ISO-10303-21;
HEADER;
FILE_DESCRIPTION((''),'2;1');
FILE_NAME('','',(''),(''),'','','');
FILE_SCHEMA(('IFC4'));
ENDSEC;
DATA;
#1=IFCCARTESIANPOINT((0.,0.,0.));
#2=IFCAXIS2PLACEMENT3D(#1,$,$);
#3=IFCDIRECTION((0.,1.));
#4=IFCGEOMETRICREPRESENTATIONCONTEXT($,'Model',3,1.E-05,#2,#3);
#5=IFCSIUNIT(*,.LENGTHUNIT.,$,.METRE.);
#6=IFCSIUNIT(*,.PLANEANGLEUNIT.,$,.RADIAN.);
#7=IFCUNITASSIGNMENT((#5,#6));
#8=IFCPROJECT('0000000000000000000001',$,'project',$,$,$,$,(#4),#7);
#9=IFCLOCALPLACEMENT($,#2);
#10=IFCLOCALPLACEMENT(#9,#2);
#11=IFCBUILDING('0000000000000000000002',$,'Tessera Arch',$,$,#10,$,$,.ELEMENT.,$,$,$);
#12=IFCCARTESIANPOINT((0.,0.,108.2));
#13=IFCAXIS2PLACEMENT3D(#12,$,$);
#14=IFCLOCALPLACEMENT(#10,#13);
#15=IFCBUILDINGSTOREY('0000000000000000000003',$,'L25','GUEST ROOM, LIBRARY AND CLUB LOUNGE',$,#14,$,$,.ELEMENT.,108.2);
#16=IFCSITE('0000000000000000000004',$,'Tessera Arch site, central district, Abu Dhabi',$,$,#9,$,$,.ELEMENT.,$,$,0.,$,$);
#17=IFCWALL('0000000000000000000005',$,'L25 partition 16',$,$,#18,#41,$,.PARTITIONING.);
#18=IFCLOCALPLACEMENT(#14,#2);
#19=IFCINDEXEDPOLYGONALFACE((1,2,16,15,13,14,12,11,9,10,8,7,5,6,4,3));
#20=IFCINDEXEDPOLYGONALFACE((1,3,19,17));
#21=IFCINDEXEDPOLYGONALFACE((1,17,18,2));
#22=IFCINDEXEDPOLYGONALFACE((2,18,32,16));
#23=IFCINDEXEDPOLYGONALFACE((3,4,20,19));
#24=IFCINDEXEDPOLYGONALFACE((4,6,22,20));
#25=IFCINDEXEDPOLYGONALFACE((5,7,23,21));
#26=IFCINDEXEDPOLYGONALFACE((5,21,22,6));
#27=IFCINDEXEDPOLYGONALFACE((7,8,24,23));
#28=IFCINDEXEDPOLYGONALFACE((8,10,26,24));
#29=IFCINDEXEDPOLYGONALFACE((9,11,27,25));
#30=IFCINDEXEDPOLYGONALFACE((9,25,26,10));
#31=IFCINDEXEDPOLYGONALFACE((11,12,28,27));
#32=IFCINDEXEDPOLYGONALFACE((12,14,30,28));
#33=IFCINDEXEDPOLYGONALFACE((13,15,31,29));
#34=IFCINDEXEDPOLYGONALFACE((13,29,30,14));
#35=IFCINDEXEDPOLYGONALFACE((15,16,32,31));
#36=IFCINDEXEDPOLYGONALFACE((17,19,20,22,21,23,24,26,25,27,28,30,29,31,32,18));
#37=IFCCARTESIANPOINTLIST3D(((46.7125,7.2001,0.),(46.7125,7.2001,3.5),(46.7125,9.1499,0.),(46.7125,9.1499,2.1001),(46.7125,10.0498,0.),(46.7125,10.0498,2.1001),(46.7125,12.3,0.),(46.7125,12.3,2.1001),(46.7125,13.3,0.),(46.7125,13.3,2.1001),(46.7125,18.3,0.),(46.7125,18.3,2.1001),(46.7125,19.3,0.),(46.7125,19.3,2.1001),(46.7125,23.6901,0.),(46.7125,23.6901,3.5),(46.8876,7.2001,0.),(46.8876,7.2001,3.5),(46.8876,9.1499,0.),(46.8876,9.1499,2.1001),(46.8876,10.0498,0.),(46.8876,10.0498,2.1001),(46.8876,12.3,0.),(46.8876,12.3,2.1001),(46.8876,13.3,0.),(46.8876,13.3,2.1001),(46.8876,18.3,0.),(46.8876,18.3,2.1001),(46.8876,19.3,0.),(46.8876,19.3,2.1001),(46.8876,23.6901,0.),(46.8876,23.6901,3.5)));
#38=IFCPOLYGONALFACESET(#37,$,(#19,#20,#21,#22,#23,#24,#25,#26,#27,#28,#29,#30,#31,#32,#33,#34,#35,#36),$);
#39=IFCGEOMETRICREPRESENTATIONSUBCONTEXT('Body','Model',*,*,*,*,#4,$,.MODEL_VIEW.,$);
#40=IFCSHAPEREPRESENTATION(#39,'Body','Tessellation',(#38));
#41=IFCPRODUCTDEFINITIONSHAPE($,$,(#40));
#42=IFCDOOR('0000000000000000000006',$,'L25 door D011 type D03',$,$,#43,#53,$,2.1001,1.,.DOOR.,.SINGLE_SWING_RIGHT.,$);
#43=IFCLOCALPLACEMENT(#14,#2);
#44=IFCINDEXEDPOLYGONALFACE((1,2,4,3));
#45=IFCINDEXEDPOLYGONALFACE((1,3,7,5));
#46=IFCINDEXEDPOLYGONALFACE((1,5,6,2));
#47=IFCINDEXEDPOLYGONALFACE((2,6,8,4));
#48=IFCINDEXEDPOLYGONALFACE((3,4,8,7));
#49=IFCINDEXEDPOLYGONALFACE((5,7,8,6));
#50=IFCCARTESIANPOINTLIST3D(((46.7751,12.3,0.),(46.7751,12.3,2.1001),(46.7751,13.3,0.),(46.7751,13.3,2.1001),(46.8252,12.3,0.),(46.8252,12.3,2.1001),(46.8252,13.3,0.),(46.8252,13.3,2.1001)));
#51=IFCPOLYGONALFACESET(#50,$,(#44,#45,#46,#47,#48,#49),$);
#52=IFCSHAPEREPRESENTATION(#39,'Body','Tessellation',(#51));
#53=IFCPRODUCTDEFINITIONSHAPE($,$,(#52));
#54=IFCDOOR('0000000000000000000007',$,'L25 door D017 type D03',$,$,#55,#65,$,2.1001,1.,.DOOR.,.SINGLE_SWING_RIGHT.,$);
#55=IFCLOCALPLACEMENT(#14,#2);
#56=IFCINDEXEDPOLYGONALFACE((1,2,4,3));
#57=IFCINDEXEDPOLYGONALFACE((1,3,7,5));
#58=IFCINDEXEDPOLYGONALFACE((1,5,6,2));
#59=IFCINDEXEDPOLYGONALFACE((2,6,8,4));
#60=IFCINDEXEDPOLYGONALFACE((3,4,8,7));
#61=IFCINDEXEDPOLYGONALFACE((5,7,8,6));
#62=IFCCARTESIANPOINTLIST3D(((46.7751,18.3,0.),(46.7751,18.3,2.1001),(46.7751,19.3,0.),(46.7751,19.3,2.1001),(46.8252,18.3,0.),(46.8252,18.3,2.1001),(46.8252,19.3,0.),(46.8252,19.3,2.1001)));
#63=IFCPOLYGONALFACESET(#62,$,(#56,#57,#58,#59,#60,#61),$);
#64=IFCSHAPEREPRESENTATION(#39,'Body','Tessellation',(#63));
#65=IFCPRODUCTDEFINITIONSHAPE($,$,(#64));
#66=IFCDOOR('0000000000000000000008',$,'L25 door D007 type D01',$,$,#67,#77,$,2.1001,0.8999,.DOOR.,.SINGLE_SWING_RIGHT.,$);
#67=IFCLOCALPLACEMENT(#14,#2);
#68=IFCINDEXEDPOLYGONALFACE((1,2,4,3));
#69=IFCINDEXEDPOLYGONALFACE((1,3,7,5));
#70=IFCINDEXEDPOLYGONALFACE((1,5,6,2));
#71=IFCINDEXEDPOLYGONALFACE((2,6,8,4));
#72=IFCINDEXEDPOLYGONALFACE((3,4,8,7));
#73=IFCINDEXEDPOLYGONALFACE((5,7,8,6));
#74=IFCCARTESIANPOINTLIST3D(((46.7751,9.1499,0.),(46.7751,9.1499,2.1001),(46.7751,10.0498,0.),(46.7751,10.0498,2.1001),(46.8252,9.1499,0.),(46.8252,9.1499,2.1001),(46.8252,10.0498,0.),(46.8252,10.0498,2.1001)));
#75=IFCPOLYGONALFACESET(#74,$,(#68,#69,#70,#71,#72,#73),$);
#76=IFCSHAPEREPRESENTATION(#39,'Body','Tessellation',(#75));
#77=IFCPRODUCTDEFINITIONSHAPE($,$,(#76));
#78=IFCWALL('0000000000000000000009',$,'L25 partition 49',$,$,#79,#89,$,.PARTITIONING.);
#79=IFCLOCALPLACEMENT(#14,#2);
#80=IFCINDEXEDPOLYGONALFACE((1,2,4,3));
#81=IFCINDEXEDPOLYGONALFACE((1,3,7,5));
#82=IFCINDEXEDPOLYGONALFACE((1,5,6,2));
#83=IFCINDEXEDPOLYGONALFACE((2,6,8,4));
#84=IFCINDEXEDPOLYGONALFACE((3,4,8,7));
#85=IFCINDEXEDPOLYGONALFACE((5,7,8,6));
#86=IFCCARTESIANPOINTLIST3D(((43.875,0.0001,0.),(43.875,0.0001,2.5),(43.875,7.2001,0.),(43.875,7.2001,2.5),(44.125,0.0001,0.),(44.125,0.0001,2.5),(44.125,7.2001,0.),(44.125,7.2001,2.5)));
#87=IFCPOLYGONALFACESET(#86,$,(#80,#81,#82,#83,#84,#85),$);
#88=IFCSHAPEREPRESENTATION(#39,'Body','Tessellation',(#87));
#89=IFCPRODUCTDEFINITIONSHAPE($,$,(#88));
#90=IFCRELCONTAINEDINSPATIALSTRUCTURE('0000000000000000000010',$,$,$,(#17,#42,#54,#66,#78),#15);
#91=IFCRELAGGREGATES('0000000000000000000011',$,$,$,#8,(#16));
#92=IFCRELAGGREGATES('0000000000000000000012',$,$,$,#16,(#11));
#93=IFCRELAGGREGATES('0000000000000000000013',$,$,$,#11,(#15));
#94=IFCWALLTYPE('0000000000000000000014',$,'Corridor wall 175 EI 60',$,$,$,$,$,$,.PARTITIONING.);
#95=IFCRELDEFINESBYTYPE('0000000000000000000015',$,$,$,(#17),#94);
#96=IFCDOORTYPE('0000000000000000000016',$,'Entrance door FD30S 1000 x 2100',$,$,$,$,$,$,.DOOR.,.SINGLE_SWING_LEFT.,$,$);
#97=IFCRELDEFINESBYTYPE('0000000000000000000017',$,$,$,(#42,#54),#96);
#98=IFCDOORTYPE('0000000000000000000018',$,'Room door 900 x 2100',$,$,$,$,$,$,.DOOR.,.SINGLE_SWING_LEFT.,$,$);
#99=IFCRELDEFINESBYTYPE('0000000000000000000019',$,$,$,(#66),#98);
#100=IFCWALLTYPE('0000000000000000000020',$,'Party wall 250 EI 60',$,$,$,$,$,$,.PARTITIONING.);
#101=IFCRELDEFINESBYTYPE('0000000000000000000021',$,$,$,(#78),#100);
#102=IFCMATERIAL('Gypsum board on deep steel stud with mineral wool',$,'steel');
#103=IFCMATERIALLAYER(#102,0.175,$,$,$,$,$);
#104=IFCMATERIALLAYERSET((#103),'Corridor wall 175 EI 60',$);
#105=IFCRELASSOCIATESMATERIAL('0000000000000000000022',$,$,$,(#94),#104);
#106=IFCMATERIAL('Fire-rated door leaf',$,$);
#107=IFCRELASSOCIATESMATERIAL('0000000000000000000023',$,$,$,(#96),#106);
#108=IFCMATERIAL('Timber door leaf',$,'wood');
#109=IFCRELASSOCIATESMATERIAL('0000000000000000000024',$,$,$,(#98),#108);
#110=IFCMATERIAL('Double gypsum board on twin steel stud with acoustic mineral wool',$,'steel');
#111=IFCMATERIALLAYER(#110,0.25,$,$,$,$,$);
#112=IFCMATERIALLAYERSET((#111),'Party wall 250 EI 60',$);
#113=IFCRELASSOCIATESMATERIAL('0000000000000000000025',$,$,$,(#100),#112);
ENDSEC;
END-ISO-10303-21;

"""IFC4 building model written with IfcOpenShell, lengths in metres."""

from ifc_helpers import new_model, si_unit, direction, frame, frame_2d, origin, place, context, subcontext, project, spatial, rectangle, extrude, material, layer, layer_set, type_object, element, fill, save


model = new_model("IFC4")

# Units and contexts
model_context = context("Model", 3, precision=1e-05, world=origin(), true_north=direction((0.0, 1.0)))
body_context = subcontext(model_context, "Body", "Model", "MODEL_VIEW")
ifc_project = project(units=[si_unit("LENGTHUNIT", "METRE"), si_unit("PLANEANGLEUNIT", "RADIAN")], contexts=[model_context])

# Site, building, storey
site_placement = place(None, origin())
site = spatial("IfcSite", under=ifc_project, at=site_placement, Name="Tessera Arch site, central district, Abu Dhabi", CompositionType="ELEMENT", RefElevation=0.0)
building_placement = place(site_placement, origin())
building = spatial("IfcBuilding", under=site, at=building_placement, Name="Tessera Arch", CompositionType="ELEMENT")
storey_placement = place(building_placement, frame((0.0, 0.0, 108.2)))
storey = spatial("IfcBuildingStorey", under=building, at=storey_placement, Name="L25", Description="GUEST ROOM, LIBRARY AND CLUB LOUNGE", CompositionType="ELEMENT", Elevation=108.2)

# Wall, openings, doors
ifc_material_1 = material(Name="Gypsum board on deep steel stud with mineral wool", Category="steel")
ifc_layer_1 = layer(ifc_material_1, 0.175)
ifc_layer_set_1 = layer_set([ifc_layer_1], Name="Corridor wall 175 EI 60")
wall_type_1 = type_object("IfcWallType", Name="Corridor wall 175 EI 60", PredefinedType="PARTITIONING", material=ifc_layer_set_1)
wall_1_placement = place(storey_placement, frame((46.8, 7.2, 0.0), z_axis=(0.0, 0.0, 1.0), x_axis=(0.0, 1.0, 0.0)))
wall_1 = element("IfcWall", 1, at=wall_1_placement, inside=storey, type_object=wall_type_1, Name="L25 partition 16", PredefinedType="PARTITIONING", context=body_context, shape_type="SweptSolid", body=[
    extrude(rectangle(XDim=16.49, YDim=0.175, at=frame_2d((8.2451, 0.0))), origin(), (0.0, 0.0, 1.0), 3.5),
])
opening_1_placement = place(wall_1_placement, frame((1.95, 0.0, 0.0)))
opening_1 = element("IfcOpeningElement", 2, at=opening_1_placement, cuts=wall_1, PredefinedType="OPENING", context=body_context, shape_type="SweptSolid", body=[
    extrude(rectangle(XDim=0.8999, YDim=2.1001, at=frame_2d((0.45, 1.05))), frame((0.0, 0.0974, 0.0), z_axis=(0.0, -1.0, 0.0), x_axis=(1.0, 0.0, 0.0)), (0.0, 0.0, 1.0), 0.1951),
])
opening_2_placement = place(wall_1_placement, frame((5.1001, 0.0, 0.0)))
opening_2 = element("IfcOpeningElement", 3, at=opening_2_placement, cuts=wall_1, PredefinedType="OPENING", context=body_context, shape_type="SweptSolid", body=[
    extrude(rectangle(XDim=1.0, YDim=2.1001, at=frame_2d((0.5, 1.05))), frame((0.0, 0.0974, 0.0), z_axis=(0.0, -1.0, 0.0), x_axis=(1.0, 0.0, 0.0)), (0.0, 0.0, 1.0), 0.1951),
])
opening_3_placement = place(wall_1_placement, frame((11.1001, 0.0, 0.0)))
opening_3 = element("IfcOpeningElement", 4, at=opening_3_placement, cuts=wall_1, PredefinedType="OPENING", context=body_context, shape_type="SweptSolid", body=[
    extrude(rectangle(XDim=1.0, YDim=2.1001, at=frame_2d((0.5, 1.05))), frame((0.0, 0.0974, 0.0), z_axis=(0.0, -1.0, 0.0), x_axis=(1.0, 0.0, 0.0)), (0.0, 0.0, 1.0), 0.1951),
])
ifc_material_2 = material(Name="Fire-rated door leaf")
door_type_1 = type_object("IfcDoorType", Name="Entrance door FD30S 1000 x 2100", OperationType="SINGLE_SWING_LEFT", PredefinedType="DOOR", material=ifc_material_2)
door_1_placement = place(opening_2_placement, origin())
door_1 = element("IfcDoor", 5, at=door_1_placement, inside=storey, type_object=door_type_1, Name="L25 door D011 type D03", OperationType="SINGLE_SWING_RIGHT", OverallHeight=2.1001, OverallWidth=1.0, PredefinedType="DOOR", context=body_context, shape_type="SweptSolid", body=[
    extrude(rectangle(XDim=1.0, YDim=2.1001, at=frame_2d((0.5, 1.05))), frame((0.0, 0.0249, 0.0), z_axis=(0.0, -1.0, 0.0), x_axis=(1.0, 0.0, 0.0)), (0.0, 0.0, 1.0), 0.05),
])
fill(opening_2, door_1)
door_2_placement = place(opening_3_placement, origin())
door_2 = element("IfcDoor", 6, at=door_2_placement, inside=storey, type_object=door_type_1, Name="L25 door D017 type D03", OperationType="SINGLE_SWING_RIGHT", OverallHeight=2.1001, OverallWidth=1.0, PredefinedType="DOOR", context=body_context, shape_type="SweptSolid", body=[
    extrude(rectangle(XDim=1.0, YDim=2.1001, at=frame_2d((0.5, 1.05))), frame((0.0, 0.0249, 0.0), z_axis=(0.0, -1.0, 0.0), x_axis=(1.0, 0.0, 0.0)), (0.0, 0.0, 1.0), 0.05),
])
fill(opening_3, door_2)
ifc_material_3 = material(Name="Timber door leaf", Category="wood")
door_type_2 = type_object("IfcDoorType", Name="Room door 900 x 2100", OperationType="SINGLE_SWING_LEFT", PredefinedType="DOOR", material=ifc_material_3)
door_3_placement = place(opening_1_placement, origin())
door_3 = element("IfcDoor", 7, at=door_3_placement, inside=storey, type_object=door_type_2, Name="L25 door D007 type D01", OperationType="SINGLE_SWING_RIGHT", OverallHeight=2.1001, OverallWidth=0.8999, PredefinedType="DOOR", context=body_context, shape_type="SweptSolid", body=[
    extrude(rectangle(XDim=0.8999, YDim=2.1001, at=frame_2d((0.45, 1.05))), frame((0.0, 0.0249, 0.0), z_axis=(0.0, -1.0, 0.0), x_axis=(1.0, 0.0, 0.0)), (0.0, 0.0, 1.0), 0.05),
])
fill(opening_1, door_3)

# Wall
ifc_material_4 = material(Name="Double gypsum board on twin steel stud with acoustic mineral wool", Category="steel")
ifc_layer_2 = layer(ifc_material_4, 0.25)
ifc_layer_set_2 = layer_set([ifc_layer_2], Name="Party wall 250 EI 60")
wall_type_2 = type_object("IfcWallType", Name="Party wall 250 EI 60", PredefinedType="PARTITIONING", material=ifc_layer_set_2)
wall_2_placement = place(storey_placement, frame((44.0, 0.0, 0.0), z_axis=(0.0, 0.0, 1.0), x_axis=(0.0, 1.0, 0.0)))
element("IfcWall", 8, at=wall_2_placement, inside=storey, type_object=wall_type_2, Name="L25 partition 49", PredefinedType="PARTITIONING", context=body_context, shape_type="SweptSolid", body=[
    extrude(rectangle(XDim=7.2, YDim=0.25, at=frame_2d((3.6001, 0.0))), origin(), (0.0, 0.0, 1.0), 2.5),
])

save(model, "model.ifc")
